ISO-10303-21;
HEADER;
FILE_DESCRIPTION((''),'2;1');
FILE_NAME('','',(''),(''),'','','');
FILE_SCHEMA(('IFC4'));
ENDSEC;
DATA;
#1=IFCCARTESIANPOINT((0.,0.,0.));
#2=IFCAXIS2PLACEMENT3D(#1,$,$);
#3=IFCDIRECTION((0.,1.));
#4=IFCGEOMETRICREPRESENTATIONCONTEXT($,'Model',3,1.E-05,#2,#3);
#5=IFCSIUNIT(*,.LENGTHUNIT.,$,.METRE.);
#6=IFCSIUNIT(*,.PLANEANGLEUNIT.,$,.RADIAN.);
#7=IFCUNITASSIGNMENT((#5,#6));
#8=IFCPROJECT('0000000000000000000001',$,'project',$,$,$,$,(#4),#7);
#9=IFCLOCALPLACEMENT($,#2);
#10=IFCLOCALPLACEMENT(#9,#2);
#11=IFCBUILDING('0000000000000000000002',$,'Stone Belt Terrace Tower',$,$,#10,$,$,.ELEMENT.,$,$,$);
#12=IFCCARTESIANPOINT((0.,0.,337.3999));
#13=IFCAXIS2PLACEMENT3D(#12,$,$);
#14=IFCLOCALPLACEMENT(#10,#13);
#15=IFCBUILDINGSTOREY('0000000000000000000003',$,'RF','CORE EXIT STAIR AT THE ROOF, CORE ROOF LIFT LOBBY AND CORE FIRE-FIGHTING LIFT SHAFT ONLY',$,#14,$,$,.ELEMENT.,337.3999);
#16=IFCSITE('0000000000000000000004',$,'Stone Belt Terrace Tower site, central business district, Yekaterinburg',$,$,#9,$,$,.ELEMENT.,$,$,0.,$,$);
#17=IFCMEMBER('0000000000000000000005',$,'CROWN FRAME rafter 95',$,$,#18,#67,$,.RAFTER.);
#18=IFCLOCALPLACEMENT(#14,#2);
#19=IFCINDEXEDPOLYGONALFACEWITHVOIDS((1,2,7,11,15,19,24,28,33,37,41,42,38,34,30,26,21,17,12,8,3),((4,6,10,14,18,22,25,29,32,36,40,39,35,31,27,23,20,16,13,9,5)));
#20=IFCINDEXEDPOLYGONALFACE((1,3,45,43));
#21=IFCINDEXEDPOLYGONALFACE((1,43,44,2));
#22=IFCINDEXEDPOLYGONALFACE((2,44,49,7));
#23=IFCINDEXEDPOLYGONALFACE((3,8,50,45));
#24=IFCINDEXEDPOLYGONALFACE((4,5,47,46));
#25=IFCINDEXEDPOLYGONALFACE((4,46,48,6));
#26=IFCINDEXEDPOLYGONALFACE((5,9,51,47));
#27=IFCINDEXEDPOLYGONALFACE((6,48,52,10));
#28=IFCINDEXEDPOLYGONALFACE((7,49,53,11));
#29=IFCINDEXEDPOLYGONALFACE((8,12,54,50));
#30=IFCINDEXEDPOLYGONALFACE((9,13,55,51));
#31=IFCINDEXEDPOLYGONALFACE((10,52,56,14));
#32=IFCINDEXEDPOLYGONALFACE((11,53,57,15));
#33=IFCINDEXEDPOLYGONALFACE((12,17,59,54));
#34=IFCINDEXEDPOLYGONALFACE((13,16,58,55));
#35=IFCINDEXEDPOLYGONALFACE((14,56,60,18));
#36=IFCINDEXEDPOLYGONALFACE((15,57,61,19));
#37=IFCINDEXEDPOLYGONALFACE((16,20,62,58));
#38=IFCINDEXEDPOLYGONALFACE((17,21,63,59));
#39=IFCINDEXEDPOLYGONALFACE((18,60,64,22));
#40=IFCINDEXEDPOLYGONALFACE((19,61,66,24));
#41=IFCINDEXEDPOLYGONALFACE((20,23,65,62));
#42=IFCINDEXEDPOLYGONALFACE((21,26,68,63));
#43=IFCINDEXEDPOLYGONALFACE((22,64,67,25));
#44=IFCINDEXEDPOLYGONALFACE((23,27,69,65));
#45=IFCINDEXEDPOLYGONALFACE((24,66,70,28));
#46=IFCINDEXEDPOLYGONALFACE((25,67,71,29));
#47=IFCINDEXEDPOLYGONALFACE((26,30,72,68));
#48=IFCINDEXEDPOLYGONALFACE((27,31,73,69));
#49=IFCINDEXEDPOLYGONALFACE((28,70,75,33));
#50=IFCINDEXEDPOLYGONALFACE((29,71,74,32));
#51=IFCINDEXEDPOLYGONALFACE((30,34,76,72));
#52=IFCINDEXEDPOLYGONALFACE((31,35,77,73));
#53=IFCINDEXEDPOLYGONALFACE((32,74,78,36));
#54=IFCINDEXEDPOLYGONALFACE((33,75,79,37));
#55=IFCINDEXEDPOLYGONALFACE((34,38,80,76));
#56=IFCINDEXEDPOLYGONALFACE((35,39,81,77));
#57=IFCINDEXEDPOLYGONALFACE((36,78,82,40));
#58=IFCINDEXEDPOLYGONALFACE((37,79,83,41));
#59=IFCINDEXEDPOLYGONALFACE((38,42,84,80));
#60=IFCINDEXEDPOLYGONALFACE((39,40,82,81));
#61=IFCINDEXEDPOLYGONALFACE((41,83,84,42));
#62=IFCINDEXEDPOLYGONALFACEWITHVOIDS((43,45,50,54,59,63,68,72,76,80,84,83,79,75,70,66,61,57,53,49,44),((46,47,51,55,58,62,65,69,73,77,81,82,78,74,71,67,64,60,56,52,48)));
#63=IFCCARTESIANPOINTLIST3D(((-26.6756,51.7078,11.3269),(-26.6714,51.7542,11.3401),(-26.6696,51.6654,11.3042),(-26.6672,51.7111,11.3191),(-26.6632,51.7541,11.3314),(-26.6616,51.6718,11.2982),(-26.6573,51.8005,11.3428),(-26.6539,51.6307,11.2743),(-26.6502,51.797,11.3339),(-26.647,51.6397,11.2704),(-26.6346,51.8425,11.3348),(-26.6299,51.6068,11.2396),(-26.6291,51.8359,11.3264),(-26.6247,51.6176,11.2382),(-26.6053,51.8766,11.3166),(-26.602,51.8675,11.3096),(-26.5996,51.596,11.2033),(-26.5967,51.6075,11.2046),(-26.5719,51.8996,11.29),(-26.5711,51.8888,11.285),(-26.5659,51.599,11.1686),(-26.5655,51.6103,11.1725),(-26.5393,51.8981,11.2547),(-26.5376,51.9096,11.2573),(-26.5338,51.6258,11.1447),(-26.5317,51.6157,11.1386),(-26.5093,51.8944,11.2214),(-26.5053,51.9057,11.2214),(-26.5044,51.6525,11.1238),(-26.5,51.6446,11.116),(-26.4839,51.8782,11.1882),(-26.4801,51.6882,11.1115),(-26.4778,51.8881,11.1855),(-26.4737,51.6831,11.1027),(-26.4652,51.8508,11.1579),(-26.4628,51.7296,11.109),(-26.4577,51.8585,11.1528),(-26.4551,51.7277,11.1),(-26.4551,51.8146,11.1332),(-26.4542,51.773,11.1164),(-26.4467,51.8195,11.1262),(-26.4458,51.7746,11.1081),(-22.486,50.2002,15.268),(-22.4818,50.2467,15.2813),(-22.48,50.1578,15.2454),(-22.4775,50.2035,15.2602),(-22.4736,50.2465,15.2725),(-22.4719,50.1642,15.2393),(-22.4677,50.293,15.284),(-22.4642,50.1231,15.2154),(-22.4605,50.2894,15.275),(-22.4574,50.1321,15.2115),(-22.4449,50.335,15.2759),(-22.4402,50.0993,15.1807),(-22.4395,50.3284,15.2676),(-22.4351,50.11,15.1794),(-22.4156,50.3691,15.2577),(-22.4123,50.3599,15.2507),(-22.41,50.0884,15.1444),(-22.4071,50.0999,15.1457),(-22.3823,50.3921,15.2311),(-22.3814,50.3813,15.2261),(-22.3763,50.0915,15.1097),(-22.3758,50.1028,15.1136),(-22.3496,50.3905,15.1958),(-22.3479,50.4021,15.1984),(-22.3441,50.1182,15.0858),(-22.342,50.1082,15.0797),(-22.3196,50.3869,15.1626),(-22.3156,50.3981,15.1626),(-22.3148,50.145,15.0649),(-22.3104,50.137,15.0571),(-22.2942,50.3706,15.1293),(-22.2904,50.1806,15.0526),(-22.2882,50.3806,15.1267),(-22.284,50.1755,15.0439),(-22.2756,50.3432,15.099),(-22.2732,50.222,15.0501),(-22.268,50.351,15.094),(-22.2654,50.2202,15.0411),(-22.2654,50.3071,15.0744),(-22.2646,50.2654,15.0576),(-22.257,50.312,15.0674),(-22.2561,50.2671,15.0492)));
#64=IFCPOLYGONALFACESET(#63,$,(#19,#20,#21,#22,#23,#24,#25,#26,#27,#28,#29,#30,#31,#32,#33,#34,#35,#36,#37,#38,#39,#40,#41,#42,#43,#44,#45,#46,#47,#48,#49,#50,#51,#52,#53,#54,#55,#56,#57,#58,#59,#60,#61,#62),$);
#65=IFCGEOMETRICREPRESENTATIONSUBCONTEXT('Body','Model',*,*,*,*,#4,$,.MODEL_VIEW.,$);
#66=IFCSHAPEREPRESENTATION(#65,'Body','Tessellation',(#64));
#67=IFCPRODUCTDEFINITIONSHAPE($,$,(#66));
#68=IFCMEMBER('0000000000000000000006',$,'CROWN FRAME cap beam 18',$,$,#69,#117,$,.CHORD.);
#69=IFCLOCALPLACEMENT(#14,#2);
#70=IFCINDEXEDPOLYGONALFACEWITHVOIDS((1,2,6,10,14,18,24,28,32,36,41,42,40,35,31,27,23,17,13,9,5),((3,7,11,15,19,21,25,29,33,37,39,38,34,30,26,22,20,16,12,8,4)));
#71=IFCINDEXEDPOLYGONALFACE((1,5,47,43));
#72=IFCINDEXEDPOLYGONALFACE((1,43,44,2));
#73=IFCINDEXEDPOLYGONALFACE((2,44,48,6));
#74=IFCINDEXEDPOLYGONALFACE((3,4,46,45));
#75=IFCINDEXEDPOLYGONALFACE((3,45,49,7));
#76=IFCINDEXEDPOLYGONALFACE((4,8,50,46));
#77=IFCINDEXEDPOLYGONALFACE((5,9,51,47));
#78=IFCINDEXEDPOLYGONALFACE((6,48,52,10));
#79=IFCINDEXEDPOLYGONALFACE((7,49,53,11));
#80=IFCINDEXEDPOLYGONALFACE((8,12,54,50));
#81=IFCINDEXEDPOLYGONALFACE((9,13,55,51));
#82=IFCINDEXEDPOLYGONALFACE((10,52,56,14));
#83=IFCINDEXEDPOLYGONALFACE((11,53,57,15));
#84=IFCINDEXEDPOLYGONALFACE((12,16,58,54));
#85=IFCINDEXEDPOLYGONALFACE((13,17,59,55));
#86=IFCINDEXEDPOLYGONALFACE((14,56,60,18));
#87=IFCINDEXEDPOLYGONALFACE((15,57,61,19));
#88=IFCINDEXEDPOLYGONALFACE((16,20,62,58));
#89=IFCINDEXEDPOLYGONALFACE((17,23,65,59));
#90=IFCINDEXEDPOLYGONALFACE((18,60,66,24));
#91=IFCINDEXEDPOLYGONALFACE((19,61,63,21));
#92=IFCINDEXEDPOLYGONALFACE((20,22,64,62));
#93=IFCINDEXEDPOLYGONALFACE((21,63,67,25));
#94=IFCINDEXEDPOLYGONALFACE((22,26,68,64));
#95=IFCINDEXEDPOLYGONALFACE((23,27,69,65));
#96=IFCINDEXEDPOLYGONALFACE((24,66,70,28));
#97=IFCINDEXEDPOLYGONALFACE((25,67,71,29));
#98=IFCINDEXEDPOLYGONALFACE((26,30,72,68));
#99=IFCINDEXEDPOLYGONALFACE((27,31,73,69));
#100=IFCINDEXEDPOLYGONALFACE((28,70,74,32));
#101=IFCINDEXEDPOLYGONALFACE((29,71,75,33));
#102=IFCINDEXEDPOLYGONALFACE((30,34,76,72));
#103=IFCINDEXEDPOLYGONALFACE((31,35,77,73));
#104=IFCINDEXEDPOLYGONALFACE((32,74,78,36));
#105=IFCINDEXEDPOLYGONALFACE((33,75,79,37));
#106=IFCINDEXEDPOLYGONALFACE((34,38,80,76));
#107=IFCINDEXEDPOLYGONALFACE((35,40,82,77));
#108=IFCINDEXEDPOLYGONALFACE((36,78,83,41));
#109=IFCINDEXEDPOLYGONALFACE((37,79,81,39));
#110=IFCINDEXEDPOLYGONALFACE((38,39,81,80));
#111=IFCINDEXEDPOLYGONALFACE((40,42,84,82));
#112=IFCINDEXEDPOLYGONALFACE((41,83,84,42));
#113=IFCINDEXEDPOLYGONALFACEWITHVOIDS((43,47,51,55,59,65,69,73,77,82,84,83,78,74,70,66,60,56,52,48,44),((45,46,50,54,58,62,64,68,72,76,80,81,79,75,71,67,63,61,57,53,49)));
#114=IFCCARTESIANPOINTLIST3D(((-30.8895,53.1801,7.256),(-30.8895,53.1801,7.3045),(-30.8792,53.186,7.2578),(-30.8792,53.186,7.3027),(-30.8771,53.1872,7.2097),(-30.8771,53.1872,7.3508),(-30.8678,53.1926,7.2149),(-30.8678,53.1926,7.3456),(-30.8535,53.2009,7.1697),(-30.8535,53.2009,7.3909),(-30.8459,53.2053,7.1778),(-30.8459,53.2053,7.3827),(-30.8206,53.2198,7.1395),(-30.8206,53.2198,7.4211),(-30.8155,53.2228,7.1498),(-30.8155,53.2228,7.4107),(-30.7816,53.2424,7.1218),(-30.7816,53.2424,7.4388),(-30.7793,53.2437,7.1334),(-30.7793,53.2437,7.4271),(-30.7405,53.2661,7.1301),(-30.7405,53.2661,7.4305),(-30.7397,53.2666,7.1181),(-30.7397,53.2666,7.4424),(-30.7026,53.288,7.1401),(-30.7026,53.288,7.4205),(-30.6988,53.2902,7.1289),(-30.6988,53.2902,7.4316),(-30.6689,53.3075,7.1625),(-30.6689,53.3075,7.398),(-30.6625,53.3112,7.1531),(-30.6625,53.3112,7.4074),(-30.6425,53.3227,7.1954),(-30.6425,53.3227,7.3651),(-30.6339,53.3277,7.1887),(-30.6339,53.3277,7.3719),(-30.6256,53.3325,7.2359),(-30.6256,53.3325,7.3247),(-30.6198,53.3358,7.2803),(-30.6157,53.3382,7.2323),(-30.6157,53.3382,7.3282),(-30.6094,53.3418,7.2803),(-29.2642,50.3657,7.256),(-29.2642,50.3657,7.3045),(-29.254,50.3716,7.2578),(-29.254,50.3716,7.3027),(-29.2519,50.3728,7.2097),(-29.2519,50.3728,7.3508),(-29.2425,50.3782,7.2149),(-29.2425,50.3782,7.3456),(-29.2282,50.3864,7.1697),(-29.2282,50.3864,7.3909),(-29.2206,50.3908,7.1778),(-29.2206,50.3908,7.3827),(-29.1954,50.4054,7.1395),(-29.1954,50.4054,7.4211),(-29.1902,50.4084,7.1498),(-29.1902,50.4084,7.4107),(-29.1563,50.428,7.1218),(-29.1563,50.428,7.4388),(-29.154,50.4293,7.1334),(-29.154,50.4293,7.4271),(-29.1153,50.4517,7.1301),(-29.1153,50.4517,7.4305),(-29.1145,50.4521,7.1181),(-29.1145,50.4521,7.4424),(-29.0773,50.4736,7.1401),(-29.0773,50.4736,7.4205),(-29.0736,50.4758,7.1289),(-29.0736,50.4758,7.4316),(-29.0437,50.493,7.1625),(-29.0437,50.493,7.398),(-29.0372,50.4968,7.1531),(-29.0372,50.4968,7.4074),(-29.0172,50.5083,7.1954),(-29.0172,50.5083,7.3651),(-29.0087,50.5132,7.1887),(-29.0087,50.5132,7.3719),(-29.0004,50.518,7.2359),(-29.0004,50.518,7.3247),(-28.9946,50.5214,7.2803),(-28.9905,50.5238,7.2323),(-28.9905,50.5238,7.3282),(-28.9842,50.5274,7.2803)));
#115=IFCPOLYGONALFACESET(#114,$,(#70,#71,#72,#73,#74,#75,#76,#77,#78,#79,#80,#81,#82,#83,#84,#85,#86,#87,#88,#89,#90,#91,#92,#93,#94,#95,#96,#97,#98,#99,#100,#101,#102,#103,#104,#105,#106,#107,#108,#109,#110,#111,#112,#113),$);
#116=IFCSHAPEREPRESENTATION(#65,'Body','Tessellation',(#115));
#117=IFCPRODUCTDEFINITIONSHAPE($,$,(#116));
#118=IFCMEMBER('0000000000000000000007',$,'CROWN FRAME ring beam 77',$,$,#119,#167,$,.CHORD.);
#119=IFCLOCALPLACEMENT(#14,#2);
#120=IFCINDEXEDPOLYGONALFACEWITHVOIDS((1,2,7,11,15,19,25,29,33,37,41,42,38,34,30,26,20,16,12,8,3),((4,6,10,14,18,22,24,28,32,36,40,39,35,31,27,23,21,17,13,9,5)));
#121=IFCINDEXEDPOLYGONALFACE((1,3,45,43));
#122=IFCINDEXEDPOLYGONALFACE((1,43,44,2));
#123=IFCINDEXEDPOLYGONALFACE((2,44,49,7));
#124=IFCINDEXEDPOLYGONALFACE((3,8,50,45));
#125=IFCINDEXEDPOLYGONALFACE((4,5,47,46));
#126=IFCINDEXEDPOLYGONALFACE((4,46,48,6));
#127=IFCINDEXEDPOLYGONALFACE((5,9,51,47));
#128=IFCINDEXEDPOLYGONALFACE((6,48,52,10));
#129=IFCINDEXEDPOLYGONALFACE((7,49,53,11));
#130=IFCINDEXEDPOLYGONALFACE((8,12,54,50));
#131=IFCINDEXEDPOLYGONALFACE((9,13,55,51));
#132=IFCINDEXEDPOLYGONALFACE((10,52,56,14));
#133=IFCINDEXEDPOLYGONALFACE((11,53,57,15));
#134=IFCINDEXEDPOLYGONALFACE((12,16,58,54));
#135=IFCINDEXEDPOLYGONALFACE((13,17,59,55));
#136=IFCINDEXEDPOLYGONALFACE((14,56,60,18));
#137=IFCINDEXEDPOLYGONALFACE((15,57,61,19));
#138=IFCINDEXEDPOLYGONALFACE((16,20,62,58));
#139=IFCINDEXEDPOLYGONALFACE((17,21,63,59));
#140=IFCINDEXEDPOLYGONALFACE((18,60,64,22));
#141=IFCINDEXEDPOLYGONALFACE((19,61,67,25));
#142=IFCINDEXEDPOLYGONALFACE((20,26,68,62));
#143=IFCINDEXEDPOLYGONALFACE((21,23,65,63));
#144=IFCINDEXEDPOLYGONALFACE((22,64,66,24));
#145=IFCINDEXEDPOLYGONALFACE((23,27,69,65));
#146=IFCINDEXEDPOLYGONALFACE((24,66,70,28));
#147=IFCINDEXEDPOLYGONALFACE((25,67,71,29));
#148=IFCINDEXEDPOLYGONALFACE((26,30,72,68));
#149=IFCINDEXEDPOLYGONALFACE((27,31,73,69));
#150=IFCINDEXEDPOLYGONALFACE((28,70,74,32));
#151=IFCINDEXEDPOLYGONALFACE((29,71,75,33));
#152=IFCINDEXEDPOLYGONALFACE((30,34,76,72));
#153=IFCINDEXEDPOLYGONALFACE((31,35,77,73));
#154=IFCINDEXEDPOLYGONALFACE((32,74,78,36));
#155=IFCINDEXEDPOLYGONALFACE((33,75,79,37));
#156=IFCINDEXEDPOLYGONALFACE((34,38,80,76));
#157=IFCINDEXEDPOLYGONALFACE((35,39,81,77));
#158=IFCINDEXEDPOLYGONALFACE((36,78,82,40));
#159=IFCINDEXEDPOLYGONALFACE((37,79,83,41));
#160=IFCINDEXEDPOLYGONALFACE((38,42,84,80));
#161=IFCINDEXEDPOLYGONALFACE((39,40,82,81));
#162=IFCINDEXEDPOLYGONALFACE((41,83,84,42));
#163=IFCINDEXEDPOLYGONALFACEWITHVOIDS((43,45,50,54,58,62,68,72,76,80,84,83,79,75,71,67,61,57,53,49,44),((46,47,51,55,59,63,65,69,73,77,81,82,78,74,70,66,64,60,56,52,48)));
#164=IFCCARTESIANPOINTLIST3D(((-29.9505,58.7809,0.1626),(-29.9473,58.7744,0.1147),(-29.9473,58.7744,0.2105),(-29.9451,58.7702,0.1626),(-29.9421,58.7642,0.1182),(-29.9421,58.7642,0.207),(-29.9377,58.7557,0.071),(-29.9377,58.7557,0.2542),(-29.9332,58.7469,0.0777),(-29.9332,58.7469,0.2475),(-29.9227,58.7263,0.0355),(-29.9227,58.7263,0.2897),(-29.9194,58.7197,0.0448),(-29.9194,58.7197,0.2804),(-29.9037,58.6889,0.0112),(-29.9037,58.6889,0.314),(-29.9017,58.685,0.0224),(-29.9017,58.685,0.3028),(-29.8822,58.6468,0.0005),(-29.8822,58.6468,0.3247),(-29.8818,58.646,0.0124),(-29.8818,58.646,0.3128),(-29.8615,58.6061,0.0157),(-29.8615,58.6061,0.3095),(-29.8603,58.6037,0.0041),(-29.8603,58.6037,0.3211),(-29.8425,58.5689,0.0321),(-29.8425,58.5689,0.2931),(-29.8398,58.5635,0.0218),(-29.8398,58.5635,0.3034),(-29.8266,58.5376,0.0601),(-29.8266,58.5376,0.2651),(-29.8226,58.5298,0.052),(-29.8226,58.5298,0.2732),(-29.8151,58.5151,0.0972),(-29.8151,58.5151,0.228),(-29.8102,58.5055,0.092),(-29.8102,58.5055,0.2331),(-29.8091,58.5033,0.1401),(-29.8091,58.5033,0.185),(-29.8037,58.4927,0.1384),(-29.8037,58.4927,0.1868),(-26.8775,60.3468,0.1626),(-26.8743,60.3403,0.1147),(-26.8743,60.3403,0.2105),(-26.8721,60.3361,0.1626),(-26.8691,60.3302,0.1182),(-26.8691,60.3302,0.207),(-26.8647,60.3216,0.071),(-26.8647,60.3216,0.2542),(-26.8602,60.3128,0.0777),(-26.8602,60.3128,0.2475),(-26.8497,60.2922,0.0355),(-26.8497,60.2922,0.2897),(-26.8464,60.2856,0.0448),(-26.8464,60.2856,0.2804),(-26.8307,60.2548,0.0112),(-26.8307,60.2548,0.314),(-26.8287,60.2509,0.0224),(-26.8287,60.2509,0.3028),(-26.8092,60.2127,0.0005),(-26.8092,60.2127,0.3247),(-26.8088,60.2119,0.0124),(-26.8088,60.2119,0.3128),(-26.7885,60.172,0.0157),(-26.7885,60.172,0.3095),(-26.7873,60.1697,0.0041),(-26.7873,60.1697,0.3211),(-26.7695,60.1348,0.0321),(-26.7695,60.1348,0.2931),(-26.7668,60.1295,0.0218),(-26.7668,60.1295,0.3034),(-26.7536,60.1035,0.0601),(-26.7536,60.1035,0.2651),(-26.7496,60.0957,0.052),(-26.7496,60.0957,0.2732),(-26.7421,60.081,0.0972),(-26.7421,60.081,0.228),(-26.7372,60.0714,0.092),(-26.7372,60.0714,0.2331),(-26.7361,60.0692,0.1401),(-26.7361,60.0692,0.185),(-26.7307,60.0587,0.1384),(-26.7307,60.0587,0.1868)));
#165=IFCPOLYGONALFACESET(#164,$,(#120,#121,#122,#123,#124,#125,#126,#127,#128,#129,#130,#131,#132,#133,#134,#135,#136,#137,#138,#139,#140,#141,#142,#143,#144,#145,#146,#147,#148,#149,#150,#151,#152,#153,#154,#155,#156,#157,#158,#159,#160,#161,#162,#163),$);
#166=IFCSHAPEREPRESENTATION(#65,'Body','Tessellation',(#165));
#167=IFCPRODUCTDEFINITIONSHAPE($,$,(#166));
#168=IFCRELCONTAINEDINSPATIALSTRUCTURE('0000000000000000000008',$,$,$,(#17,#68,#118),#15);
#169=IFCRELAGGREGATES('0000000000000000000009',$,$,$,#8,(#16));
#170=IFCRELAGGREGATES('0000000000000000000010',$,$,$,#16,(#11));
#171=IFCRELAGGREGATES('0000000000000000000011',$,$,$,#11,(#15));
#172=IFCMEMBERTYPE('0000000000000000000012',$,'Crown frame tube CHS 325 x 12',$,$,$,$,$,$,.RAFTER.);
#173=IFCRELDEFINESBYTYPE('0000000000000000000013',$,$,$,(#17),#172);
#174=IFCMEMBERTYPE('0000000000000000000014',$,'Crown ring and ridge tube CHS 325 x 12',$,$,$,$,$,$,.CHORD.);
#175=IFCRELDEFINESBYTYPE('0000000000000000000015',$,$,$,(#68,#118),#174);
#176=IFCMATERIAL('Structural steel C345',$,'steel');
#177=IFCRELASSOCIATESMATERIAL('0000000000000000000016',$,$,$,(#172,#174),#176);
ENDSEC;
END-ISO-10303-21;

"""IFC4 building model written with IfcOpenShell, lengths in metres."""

from ifc_helpers import new_model, si_unit, direction, frame, origin, origin_2d, place, context, subcontext, project, spatial, hollow_circle, extrude, material, material_profile, profile_set, type_object, element, save


model = new_model("IFC4")

# Units and contexts
model_context = context("Model", 3, precision=1e-05, world=origin(), true_north=direction((0.0, 1.0)))
body_context = subcontext(model_context, "Body", "Model", "MODEL_VIEW")
ifc_project = project(units=[si_unit("LENGTHUNIT", "METRE"), si_unit("PLANEANGLEUNIT", "RADIAN")], contexts=[model_context])

# Site, building, storey
site_placement = place(None, origin())
site = spatial("IfcSite", under=ifc_project, at=site_placement, Name="Stone Belt Terrace Tower site, central business district, Yekaterinburg", CompositionType="ELEMENT", RefElevation=0.0)
building_placement = place(site_placement, origin())
building = spatial("IfcBuilding", under=site, at=building_placement, Name="Stone Belt Terrace Tower", CompositionType="ELEMENT")
storey_placement = place(building_placement, frame((0.0, 0.0, 337.3999)))
storey = spatial("IfcBuildingStorey", under=building, at=storey_placement, Name="RF", Description="CORE EXIT STAIR AT THE ROOF, CORE ROOF LIFT LOBBY AND CORE FIRE-FIGHTING LIFT SHAFT ONLY", CompositionType="ELEMENT", Elevation=337.3999)

# Members
ifc_material_1 = material(Name="Structural steel C345", Category="steel")
ifc_material_profile_1 = material_profile(ifc_material_1, hollow_circle(Radius=0.1626, WallThickness=0.012, at=origin_2d()), Name="Structural steel C345 CHS 325x12")
ifc_profile_set_1 = profile_set([ifc_material_profile_1], Name="Structural steel C345")
member_type_1 = type_object("IfcMemberType", Name="Crown frame tube CHS 325 x 12", PredefinedType="RAFTER", material=ifc_profile_set_1)
member_1_placement = place(storey_placement, frame((-26.5603, 51.7527, 11.2214), z_axis=(0.704583, -0.253528, 0.662787), x_axis=(0.338576, 0.940939, 0.0)))
element("IfcMember", 1, at=member_1_placement, inside=storey, type_object=member_type_1, Name="CROWN FRAME rafter 95", PredefinedType="RAFTER", context=body_context, shape_type="SweptSolid", body=[
    extrude(hollow_circle(Radius=0.1626, WallThickness=0.012, at=origin_2d()), origin(), (0.0, 0.0, 1.0), 5.9463),
])
ifc_material_profile_2 = material_profile(ifc_material_1, hollow_circle(Radius=0.1626, WallThickness=0.012, at=origin_2d()), Name="Structural steel C345 CHS 325x12")
ifc_profile_set_2 = profile_set([ifc_material_profile_2], Name="Structural steel C345")
member_type_2 = type_object("IfcMemberType", Name="Crown ring and ridge tube CHS 325 x 12", PredefinedType="CHORD", material=ifc_profile_set_2)
member_2_placement = place(storey_placement, frame((-30.7502, 53.2605, 7.2803), z_axis=(0.500074, -0.865983, 0.0), x_axis=(0.865983, 0.500074, 0.0)))
element("IfcMember", 2, at=member_2_placement, inside=storey, type_object=member_type_2, Name="CROWN FRAME cap beam 18", PredefinedType="CHORD", context=body_context, shape_type="SweptSolid", body=[
    extrude(hollow_circle(Radius=0.1626, WallThickness=0.012, at=origin_2d()), origin(), (0.0, 0.0, 1.0), 3.25),
])
for number, where, z_axis, x_axis, name in (
    (3, (-29.8767, 58.636, 0.1626), (0.890989, 0.454024, 0.0), (-0.454024, 0.890989, 0.0), "CROWN FRAME ring beam 77"),
):
    element("IfcMember", number, at=place(storey_placement, frame(where, z_axis=z_axis, x_axis=x_axis)), inside=storey, type_object=member_type_2, Name=name, PredefinedType="CHORD", context=body_context, shape_type="SweptSolid", body=[
        extrude(hollow_circle(Radius=0.1626, WallThickness=0.012, at=origin_2d()), origin(), (0.0, 0.0, 1.0), 3.449),
    ])

save(model, "model.ifc")
